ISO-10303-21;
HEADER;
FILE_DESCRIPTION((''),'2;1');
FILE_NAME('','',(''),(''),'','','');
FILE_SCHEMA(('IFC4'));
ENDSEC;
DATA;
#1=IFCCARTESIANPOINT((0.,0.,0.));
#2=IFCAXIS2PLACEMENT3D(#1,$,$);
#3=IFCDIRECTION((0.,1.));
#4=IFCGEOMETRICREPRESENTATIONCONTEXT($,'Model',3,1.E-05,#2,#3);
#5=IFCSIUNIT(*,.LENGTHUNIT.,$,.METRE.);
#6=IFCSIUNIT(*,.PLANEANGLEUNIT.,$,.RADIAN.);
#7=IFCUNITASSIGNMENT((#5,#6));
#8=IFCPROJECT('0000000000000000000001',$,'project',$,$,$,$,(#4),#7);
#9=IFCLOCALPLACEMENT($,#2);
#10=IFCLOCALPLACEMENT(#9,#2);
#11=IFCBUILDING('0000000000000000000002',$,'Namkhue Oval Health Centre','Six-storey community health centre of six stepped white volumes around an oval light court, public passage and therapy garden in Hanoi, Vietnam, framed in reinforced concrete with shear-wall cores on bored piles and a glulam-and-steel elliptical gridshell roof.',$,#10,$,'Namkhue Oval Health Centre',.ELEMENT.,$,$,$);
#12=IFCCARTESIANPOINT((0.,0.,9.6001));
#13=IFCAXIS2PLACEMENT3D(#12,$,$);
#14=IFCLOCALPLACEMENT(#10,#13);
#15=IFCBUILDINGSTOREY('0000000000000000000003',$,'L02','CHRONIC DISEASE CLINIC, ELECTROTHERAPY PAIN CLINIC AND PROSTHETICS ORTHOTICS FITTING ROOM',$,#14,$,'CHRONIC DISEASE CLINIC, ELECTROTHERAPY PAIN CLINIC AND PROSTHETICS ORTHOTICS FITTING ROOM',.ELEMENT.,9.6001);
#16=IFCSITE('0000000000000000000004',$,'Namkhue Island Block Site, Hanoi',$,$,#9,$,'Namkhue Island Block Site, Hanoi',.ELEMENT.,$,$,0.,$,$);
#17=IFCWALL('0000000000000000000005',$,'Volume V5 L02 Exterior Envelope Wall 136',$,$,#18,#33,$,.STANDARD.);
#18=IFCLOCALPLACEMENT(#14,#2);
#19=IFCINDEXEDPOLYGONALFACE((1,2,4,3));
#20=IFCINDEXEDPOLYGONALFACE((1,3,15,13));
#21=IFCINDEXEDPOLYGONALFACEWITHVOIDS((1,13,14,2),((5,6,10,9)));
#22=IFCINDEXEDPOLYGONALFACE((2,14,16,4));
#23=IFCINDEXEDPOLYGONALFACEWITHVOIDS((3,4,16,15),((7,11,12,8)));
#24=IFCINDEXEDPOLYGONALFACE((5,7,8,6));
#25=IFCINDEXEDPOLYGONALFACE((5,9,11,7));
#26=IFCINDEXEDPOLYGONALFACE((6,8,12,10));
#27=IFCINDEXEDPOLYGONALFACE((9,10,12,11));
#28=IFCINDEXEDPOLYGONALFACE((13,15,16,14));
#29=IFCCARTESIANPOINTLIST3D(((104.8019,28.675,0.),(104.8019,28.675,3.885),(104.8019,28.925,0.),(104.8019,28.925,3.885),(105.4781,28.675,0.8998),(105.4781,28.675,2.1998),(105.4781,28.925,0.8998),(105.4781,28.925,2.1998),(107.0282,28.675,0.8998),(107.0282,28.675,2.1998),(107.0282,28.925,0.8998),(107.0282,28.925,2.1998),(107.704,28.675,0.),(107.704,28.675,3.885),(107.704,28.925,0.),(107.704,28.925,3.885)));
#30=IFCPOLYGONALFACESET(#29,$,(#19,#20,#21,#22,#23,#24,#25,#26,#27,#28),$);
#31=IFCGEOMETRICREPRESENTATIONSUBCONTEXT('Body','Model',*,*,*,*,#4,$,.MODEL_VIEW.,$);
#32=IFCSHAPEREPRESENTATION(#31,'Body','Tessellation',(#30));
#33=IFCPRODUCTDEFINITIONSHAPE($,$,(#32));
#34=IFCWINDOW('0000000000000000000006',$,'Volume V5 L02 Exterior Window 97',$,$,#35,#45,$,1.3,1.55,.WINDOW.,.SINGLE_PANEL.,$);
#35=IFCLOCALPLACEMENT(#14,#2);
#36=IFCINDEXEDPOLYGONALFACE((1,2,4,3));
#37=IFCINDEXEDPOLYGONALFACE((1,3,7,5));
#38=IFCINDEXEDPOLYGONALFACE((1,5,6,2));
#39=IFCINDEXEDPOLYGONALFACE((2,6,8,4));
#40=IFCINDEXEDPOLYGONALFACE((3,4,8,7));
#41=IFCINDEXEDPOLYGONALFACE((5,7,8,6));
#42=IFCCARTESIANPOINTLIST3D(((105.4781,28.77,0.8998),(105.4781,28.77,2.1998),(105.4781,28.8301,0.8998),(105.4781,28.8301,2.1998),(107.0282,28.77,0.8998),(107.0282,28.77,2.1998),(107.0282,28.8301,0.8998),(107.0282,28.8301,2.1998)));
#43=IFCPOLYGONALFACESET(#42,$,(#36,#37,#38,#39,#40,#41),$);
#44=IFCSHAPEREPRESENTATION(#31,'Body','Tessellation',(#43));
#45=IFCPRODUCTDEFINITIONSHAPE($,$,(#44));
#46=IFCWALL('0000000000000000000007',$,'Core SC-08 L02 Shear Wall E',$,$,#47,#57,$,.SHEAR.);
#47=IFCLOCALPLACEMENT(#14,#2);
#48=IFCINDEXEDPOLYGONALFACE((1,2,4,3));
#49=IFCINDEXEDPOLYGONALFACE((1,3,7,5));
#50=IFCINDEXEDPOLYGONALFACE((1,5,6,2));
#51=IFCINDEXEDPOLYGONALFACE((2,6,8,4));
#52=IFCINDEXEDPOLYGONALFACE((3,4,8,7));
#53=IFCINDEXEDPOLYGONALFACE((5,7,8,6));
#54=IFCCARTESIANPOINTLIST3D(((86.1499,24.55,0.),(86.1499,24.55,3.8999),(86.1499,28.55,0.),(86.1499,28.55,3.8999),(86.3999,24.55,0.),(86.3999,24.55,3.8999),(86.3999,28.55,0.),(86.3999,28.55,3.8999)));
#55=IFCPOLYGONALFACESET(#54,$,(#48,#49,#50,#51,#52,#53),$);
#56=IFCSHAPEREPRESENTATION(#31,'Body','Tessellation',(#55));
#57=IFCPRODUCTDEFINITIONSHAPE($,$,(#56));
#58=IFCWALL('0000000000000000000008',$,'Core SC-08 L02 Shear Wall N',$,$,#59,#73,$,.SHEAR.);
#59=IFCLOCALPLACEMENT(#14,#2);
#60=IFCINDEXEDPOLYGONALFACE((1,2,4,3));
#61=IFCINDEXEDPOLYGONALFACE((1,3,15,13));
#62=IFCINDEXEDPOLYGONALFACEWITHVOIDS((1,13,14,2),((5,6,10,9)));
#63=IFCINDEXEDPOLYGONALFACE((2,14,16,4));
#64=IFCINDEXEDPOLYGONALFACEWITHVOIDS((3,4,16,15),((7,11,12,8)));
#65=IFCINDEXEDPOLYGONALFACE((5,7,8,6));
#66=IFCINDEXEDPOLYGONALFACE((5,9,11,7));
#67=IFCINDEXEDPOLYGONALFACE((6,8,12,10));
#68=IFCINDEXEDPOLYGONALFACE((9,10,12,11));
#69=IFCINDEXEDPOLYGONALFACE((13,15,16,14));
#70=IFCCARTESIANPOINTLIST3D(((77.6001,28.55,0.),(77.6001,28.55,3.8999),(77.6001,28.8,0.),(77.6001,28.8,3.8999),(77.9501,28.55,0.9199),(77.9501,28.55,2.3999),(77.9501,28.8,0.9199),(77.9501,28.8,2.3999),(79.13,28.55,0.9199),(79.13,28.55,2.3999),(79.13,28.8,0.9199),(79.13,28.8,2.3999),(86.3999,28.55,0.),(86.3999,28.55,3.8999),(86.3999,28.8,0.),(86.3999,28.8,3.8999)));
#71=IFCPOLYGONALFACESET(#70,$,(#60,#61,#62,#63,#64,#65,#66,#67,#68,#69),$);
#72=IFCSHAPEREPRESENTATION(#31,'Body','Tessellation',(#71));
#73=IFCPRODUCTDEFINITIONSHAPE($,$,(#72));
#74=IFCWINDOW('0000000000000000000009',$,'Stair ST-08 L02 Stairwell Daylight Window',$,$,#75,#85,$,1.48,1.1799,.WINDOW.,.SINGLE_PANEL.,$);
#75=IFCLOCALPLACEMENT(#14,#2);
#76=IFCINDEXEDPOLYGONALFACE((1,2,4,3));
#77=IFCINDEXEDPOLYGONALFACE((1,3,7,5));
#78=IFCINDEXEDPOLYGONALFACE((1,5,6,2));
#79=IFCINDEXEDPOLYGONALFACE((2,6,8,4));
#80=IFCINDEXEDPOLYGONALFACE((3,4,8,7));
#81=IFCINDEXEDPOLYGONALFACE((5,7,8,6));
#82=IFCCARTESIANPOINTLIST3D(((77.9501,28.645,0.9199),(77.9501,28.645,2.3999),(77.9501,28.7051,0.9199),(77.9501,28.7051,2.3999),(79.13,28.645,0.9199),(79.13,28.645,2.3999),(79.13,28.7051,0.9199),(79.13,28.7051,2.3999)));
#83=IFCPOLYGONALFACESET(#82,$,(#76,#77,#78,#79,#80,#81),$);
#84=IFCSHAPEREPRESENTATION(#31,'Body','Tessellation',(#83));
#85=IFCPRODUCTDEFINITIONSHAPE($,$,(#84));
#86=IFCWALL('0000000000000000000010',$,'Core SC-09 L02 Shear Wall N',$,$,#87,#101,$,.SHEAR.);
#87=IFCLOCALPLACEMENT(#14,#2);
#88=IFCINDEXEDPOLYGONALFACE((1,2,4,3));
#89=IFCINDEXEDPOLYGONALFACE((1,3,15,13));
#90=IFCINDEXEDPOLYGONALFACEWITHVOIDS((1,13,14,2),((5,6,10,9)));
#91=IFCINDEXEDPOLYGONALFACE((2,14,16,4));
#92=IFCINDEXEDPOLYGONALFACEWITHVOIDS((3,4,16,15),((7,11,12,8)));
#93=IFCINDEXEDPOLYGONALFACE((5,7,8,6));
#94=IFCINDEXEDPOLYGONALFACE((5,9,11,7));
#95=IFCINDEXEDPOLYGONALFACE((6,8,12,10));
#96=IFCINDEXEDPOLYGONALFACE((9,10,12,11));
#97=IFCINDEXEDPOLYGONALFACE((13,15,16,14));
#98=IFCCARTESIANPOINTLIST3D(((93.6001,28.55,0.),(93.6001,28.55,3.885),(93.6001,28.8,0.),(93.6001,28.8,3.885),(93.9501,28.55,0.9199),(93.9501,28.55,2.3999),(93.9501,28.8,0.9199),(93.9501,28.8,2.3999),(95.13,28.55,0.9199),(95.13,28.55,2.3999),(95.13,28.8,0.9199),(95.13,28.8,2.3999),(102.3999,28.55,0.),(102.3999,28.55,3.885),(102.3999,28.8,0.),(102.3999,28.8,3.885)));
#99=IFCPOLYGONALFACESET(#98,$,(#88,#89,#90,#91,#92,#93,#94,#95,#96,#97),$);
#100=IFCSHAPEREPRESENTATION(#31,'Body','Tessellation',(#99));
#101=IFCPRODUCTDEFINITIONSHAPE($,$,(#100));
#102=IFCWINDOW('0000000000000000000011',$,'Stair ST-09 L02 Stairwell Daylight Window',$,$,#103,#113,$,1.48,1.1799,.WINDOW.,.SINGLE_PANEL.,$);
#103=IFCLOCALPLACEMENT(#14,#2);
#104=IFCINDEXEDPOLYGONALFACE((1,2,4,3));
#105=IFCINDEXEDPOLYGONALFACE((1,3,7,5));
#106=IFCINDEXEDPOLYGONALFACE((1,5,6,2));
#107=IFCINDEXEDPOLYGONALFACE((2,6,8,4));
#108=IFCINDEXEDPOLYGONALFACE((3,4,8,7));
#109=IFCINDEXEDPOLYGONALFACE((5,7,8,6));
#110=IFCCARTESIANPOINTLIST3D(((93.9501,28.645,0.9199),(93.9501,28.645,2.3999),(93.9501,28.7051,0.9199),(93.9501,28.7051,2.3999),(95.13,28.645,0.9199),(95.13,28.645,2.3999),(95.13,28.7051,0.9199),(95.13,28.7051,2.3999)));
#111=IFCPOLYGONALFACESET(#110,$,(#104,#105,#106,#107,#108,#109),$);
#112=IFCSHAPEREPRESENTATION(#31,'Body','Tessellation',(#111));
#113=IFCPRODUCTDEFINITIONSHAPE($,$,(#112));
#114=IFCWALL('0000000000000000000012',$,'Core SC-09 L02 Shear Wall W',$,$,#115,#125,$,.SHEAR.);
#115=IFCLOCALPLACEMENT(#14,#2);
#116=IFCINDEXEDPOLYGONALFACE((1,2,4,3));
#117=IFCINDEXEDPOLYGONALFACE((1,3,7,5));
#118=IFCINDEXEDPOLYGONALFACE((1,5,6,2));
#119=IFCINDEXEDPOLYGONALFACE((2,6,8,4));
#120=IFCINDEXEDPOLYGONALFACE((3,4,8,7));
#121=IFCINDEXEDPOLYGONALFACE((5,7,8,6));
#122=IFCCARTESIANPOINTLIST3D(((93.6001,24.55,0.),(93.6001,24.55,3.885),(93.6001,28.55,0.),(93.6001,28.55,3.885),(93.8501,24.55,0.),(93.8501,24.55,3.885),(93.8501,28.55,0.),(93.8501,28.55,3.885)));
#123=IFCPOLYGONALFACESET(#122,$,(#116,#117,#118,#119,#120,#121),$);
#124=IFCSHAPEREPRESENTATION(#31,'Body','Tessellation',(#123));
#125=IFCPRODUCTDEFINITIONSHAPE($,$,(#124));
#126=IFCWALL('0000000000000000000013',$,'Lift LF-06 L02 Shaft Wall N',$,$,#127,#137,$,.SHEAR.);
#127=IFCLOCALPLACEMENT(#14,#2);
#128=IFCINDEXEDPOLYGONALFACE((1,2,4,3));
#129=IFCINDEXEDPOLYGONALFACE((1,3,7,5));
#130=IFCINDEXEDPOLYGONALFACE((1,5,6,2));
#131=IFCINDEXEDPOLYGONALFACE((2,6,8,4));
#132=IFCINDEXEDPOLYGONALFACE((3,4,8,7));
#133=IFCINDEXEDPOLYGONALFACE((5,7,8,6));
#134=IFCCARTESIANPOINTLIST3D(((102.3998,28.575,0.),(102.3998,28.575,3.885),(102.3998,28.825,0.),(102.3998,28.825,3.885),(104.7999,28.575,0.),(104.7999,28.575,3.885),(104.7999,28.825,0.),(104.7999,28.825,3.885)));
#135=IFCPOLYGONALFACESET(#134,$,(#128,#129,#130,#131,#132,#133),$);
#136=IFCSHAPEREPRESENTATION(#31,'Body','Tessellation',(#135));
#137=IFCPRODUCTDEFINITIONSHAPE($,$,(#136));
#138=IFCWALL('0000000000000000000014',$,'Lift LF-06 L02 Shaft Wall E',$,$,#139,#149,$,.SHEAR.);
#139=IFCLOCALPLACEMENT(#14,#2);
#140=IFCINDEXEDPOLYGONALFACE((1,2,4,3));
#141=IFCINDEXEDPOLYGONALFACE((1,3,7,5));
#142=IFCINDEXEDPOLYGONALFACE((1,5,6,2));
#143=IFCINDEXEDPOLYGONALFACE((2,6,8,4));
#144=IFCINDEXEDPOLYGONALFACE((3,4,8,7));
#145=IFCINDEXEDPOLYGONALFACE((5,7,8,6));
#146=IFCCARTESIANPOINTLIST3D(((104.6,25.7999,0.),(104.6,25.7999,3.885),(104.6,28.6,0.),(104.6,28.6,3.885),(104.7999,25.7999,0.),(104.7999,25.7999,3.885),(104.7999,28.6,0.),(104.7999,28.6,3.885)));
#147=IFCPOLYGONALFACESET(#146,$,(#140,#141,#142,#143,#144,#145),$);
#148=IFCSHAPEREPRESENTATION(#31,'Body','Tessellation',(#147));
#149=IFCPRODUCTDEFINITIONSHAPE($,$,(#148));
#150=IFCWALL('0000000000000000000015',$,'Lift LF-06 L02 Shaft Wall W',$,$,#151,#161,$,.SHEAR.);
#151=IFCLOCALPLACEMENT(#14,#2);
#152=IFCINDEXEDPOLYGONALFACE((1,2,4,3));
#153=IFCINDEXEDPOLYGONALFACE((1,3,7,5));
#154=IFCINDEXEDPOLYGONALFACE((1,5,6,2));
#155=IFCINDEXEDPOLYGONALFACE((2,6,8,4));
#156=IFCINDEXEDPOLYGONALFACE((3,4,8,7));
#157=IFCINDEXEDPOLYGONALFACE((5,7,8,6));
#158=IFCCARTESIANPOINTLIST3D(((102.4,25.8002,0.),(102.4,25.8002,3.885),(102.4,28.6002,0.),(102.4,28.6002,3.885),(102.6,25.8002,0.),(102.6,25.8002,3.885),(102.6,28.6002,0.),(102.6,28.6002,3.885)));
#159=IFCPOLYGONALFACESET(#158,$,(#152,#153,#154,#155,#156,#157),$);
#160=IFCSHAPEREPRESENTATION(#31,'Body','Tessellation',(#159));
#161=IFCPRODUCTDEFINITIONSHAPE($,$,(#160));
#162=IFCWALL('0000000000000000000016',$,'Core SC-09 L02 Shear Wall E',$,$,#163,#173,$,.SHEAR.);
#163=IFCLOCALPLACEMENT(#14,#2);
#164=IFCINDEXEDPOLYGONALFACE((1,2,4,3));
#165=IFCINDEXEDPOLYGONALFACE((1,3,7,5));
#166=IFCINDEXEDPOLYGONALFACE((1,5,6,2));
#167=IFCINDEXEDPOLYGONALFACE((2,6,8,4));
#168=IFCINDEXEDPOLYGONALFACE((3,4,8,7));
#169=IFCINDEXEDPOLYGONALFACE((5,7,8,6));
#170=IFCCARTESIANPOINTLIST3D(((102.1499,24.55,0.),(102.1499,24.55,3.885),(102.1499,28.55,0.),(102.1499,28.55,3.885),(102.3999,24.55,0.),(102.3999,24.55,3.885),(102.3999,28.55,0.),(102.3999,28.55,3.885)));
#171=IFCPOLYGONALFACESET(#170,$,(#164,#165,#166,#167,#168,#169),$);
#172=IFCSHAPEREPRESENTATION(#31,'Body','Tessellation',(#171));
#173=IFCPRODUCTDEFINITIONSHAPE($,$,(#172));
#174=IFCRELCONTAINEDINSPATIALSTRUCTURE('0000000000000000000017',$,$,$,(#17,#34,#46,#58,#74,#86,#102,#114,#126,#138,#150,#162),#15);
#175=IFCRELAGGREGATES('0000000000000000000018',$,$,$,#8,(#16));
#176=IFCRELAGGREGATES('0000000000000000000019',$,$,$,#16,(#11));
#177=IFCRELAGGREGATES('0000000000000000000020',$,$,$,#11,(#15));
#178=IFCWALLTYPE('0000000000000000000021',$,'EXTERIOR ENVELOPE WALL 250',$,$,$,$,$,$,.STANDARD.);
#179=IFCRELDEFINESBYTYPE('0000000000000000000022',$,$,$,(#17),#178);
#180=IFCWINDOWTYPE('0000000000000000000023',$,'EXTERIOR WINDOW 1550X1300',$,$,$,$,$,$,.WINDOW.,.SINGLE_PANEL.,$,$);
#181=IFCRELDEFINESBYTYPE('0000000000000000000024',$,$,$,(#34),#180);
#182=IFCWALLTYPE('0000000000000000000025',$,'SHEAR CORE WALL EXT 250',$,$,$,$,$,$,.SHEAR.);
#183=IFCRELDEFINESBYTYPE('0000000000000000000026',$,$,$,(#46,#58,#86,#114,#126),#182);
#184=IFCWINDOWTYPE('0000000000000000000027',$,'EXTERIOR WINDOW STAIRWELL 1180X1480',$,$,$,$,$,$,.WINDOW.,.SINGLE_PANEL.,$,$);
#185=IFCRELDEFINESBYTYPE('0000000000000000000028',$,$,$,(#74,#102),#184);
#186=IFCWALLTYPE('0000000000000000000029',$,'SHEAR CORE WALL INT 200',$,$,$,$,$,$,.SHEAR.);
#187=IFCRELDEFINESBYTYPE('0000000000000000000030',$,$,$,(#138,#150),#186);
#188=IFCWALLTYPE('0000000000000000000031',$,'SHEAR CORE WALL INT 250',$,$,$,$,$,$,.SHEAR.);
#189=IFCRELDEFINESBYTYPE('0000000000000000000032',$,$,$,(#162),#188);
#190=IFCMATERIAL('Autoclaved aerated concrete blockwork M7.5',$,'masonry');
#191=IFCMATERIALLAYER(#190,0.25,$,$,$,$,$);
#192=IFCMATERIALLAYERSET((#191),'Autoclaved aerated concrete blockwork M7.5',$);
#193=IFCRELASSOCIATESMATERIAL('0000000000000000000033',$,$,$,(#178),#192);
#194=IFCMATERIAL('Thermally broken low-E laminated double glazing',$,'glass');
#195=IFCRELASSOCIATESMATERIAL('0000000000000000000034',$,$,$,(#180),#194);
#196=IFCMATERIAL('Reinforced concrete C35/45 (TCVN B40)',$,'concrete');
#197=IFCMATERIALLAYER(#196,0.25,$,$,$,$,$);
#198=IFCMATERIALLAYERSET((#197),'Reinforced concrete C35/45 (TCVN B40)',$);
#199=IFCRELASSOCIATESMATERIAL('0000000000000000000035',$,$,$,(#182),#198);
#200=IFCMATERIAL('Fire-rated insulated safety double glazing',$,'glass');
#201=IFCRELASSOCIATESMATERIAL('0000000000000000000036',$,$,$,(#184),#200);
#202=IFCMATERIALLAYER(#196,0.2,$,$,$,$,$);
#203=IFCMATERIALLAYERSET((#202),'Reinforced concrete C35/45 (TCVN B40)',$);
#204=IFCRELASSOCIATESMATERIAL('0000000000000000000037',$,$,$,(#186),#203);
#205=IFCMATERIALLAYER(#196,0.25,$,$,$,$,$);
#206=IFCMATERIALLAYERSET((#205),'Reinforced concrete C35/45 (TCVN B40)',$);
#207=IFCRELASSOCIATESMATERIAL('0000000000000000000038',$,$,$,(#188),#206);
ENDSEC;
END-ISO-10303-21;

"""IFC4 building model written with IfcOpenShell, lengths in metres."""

from ifc_helpers import new_model, si_unit, direction, frame, frame_2d, origin, place, context, subcontext, project, spatial, rectangle, extrude, material, layer, layer_set, type_object, element, fill, save


model = new_model("IFC4")

# Units and contexts
model_context = context("Model", 3, precision=1e-05, world=origin(), true_north=direction((0.0, 1.0)))
body_context = subcontext(model_context, "Body", "Model", "MODEL_VIEW")
ifc_project = project(units=[si_unit("LENGTHUNIT", "METRE"), si_unit("PLANEANGLEUNIT", "RADIAN")], contexts=[model_context])

# Site, building, storey
site_placement = place(None, origin())
site = spatial("IfcSite", under=ifc_project, at=site_placement, Name="Namkhue Island Block Site, Hanoi", LongName="Namkhue Island Block Site, Hanoi", CompositionType="ELEMENT", RefElevation=0.0)
building_placement = place(site_placement, origin())
building = spatial("IfcBuilding", under=site, at=building_placement, Name="Namkhue Oval Health Centre", Description="Six-storey community health centre of six stepped white volumes around an oval light court, public passage and therapy garden in Hanoi, Vietnam, framed in reinforced concrete with shear-wall cores on bored piles and a glulam-and-steel elliptical gridshell roof.", LongName="Namkhue Oval Health Centre", CompositionType="ELEMENT")
storey_placement = place(building_placement, frame((0.0, 0.0, 9.6001)))
storey = spatial("IfcBuildingStorey", under=building, at=storey_placement, Name="L02", Description="CHRONIC DISEASE CLINIC, ELECTROTHERAPY PAIN CLINIC AND PROSTHETICS ORTHOTICS FITTING ROOM", LongName="CHRONIC DISEASE CLINIC, ELECTROTHERAPY PAIN CLINIC AND PROSTHETICS ORTHOTICS FITTING ROOM", CompositionType="ELEMENT", Elevation=9.6001)

# Wall, opening, window
ifc_material_1 = material(Name="Autoclaved aerated concrete blockwork M7.5", Category="masonry")
ifc_layer_1 = layer(ifc_material_1, 0.25)
ifc_layer_set_1 = layer_set([ifc_layer_1], Name="Autoclaved aerated concrete blockwork M7.5")
wall_type_1 = type_object("IfcWallType", Name="EXTERIOR ENVELOPE WALL 250", PredefinedType="STANDARD", material=ifc_layer_set_1)
wall_1_placement = place(storey_placement, frame((107.7041, 28.8, 0.0), z_axis=(0.0, 0.0, 1.0), x_axis=(-1.0, 0.0, 0.0)))
wall_1 = element("IfcWall", 1, at=wall_1_placement, inside=storey, type_object=wall_type_1, Name="Volume V5 L02 Exterior Envelope Wall 136", PredefinedType="STANDARD", context=body_context, shape_type="SweptSolid", body=[
    extrude(rectangle(XDim=2.9021, YDim=0.25, at=frame_2d((1.4512, 0.0))), origin(), (0.0, 0.0, 1.0), 3.885),
])
opening_1_placement = place(wall_1_placement, frame((0.676, 0.0, 0.8999)))
opening_1 = element("IfcOpeningElement", 2, at=opening_1_placement, cuts=wall_1, PredefinedType="OPENING", context=body_context, shape_type="SweptSolid", body=[
    extrude(rectangle(XDim=1.55, YDim=1.3, at=frame_2d((0.7749, 0.6499))), frame((0.0, 0.135, 0.0), z_axis=(0.0, -1.0, 0.0), x_axis=(1.0, 0.0, 0.0)), (0.0, 0.0, 1.0), 0.27),
])
ifc_material_2 = material(Name="Thermally broken low-E laminated double glazing", Category="glass")
window_type_1 = type_object("IfcWindowType", Name="EXTERIOR WINDOW 1550X1300", PartitioningType="SINGLE_PANEL", PredefinedType="WINDOW", material=ifc_material_2)
window_1_placement = place(opening_1_placement, origin())
window_1 = element("IfcWindow", 3, at=window_1_placement, inside=storey, type_object=window_type_1, Name="Volume V5 L02 Exterior Window 97", OverallHeight=1.3, OverallWidth=1.55, PartitioningType="SINGLE_PANEL", PredefinedType="WINDOW", context=body_context, shape_type="SweptSolid", body=[
    extrude(rectangle(XDim=1.55, YDim=1.3, at=frame_2d((0.7749, 0.6499))), frame((0.0, 0.03, 0.0), z_axis=(0.0, -1.0, 0.0), x_axis=(1.0, 0.0, 0.0)), (0.0, 0.0, 1.0), 0.0601),
])
fill(opening_1, window_1)

# Wall
ifc_material_3 = material(Name="Reinforced concrete C35/45 (TCVN B40)", Category="concrete")
ifc_layer_2 = layer(ifc_material_3, 0.25)
ifc_layer_set_2 = layer_set([ifc_layer_2], Name="Reinforced concrete C35/45 (TCVN B40)")
wall_type_2 = type_object("IfcWallType", Name="SHEAR CORE WALL EXT 250", PredefinedType="SHEAR", material=ifc_layer_set_2)
wall_2_placement = place(storey_placement, frame((86.2749, 24.55, 0.0), z_axis=(0.0, 0.0, 1.0), x_axis=(0.0, 1.0, 0.0)))
element("IfcWall", 4, at=wall_2_placement, inside=storey, type_object=wall_type_2, Name="Core SC-08 L02 Shear Wall E", PredefinedType="SHEAR", context=body_context, shape_type="SweptSolid", body=[
    extrude(rectangle(XDim=4.0, YDim=0.25, at=frame_2d((2.0, 0.0))), origin(), (0.0, 0.0, 1.0), 3.8999),
])

# Walls, openings, windows
wall_3_placement = place(storey_placement, frame((86.3999, 28.675, 0.0), z_axis=(0.0, 0.0, 1.0), x_axis=(-1.0, 0.0, 0.0)))
wall_3 = element("IfcWall", 5, at=wall_3_placement, inside=storey, type_object=wall_type_2, Name="Core SC-08 L02 Shear Wall N", PredefinedType="SHEAR", context=body_context, shape_type="SweptSolid", body=[
    extrude(rectangle(XDim=8.7998, YDim=0.25, at=frame_2d((4.3999, 0.0))), origin(), (0.0, 0.0, 1.0), 3.8999),
])
opening_2_placement = place(wall_3_placement, frame((7.27, 0.0, 0.9199)))
opening_2 = element("IfcOpeningElement", 6, at=opening_2_placement, cuts=wall_3, PredefinedType="OPENING", context=body_context, shape_type="SweptSolid", body=[
    extrude(rectangle(XDim=1.1799, YDim=1.48, at=frame_2d((0.5898, 0.74))), frame((0.0, 0.135, 0.0), z_axis=(0.0, -1.0, 0.0), x_axis=(1.0, 0.0, 0.0)), (0.0, 0.0, 1.0), 0.27),
])
ifc_material_4 = material(Name="Fire-rated insulated safety double glazing", Category="glass")
window_type_2 = type_object("IfcWindowType", Name="EXTERIOR WINDOW STAIRWELL 1180X1480", PartitioningType="SINGLE_PANEL", PredefinedType="WINDOW", material=ifc_material_4)
window_2_placement = place(opening_2_placement, origin())
window_2 = element("IfcWindow", 7, at=window_2_placement, inside=storey, type_object=window_type_2, Name="Stair ST-08 L02 Stairwell Daylight Window", OverallHeight=1.48, OverallWidth=1.1799, PartitioningType="SINGLE_PANEL", PredefinedType="WINDOW", context=body_context, shape_type="SweptSolid", body=[
    extrude(rectangle(XDim=1.1799, YDim=1.48, at=frame_2d((0.5898, 0.74))), frame((0.0, 0.03, 0.0), z_axis=(0.0, -1.0, 0.0), x_axis=(1.0, 0.0, 0.0)), (0.0, 0.0, 1.0), 0.0601),
])
fill(opening_2, window_2)
wall_4_placement = place(storey_placement, frame((102.3999, 28.675, 0.0), z_axis=(0.0, 0.0, 1.0), x_axis=(-1.0, 0.0, 0.0)))
wall_4 = element("IfcWall", 8, at=wall_4_placement, inside=storey, type_object=wall_type_2, Name="Core SC-09 L02 Shear Wall N", PredefinedType="SHEAR", context=body_context, shape_type="SweptSolid", body=[
    extrude(rectangle(XDim=8.7998, YDim=0.25, at=frame_2d((4.3999, 0.0))), origin(), (0.0, 0.0, 1.0), 3.885),
])
opening_3_placement = place(wall_4_placement, frame((7.27, 0.0, 0.9199)))
opening_3 = element("IfcOpeningElement", 9, at=opening_3_placement, cuts=wall_4, PredefinedType="OPENING", context=body_context, shape_type="SweptSolid", body=[
    extrude(rectangle(XDim=1.1799, YDim=1.48, at=frame_2d((0.5898, 0.74))), frame((0.0, 0.135, 0.0), z_axis=(0.0, -1.0, 0.0), x_axis=(1.0, 0.0, 0.0)), (0.0, 0.0, 1.0), 0.27),
])
window_3_placement = place(opening_3_placement, origin())
window_3 = element("IfcWindow", 10, at=window_3_placement, inside=storey, type_object=window_type_2, Name="Stair ST-09 L02 Stairwell Daylight Window", OverallHeight=1.48, OverallWidth=1.1799, PartitioningType="SINGLE_PANEL", PredefinedType="WINDOW", context=body_context, shape_type="SweptSolid", body=[
    extrude(rectangle(XDim=1.1799, YDim=1.48, at=frame_2d((0.5898, 0.74))), frame((0.0, 0.03, 0.0), z_axis=(0.0, -1.0, 0.0), x_axis=(1.0, 0.0, 0.0)), (0.0, 0.0, 1.0), 0.0601),
])
fill(opening_3, window_3)

# Walls
wall_5_placement = place(storey_placement, frame((93.7251, 28.55, 0.0), z_axis=(0.0, 0.0, 1.0), x_axis=(0.0, -1.0, 0.0)))
element("IfcWall", 11, at=wall_5_placement, inside=storey, type_object=wall_type_2, Name="Core SC-09 L02 Shear Wall W", PredefinedType="SHEAR", context=body_context, shape_type="SweptSolid", body=[
    extrude(rectangle(XDim=4.0, YDim=0.25, at=frame_2d((2.0, 0.0))), origin(), (0.0, 0.0, 1.0), 3.885),
])
wall_6_placement = place(storey_placement, frame((104.8, 28.7, 0.0), z_axis=(0.0, 0.0, 1.0), x_axis=(-1.0, 0.0, 0.0)))
element("IfcWall", 12, at=wall_6_placement, inside=storey, type_object=wall_type_2, Name="Lift LF-06 L02 Shaft Wall N", PredefinedType="SHEAR", context=body_context, shape_type="SweptSolid", body=[
    extrude(rectangle(XDim=2.4001, YDim=0.25, at=frame_2d((1.2002, 0.0))), origin(), (0.0, 0.0, 1.0), 3.885),
])

# Shared definitions
ifc_layer_3 = layer(ifc_material_3, 0.2)
ifc_layer_set_3 = layer_set([ifc_layer_3], Name="Reinforced concrete C35/45 (TCVN B40)")
wall_type_3 = type_object("IfcWallType", Name="SHEAR CORE WALL INT 200", PredefinedType="SHEAR", material=ifc_layer_set_3)

# Walls
for number, where, z_axis, x_axis, name in (
    (13, (104.7, 25.8, 0.0), (0.0, 0.0, 1.0), (0.0, 1.0, 0.0), "Lift LF-06 L02 Shaft Wall E"),
    (14, (102.5, 28.6001, 0.0), (0.0, 0.0, 1.0), (0.0, -1.0, 0.0), "Lift LF-06 L02 Shaft Wall W"),
):
    element("IfcWall", number, at=place(storey_placement, frame(where, z_axis=z_axis, x_axis=x_axis)), inside=storey, type_object=wall_type_3, Name=name, PredefinedType="SHEAR", context=body_context, shape_type="SweptSolid", body=[
        extrude(rectangle(XDim=2.8, YDim=0.2, at=frame_2d((1.3999, 0.0))), origin(), (0.0, 0.0, 1.0), 3.885),
    ])

# Shared definitions
ifc_layer_4 = layer(ifc_material_3, 0.25)
ifc_layer_set_4 = layer_set([ifc_layer_4], Name="Reinforced concrete C35/45 (TCVN B40)")
wall_type_4 = type_object("IfcWallType", Name="SHEAR CORE WALL INT 250", PredefinedType="SHEAR", material=ifc_layer_set_4)

# Wall
wall_7_placement = place(storey_placement, frame((102.2749, 24.55, 0.0), z_axis=(0.0, 0.0, 1.0), x_axis=(0.0, 1.0, 0.0)))
element("IfcWall", 15, at=wall_7_placement, inside=storey, type_object=wall_type_4, Name="Core SC-09 L02 Shear Wall E", PredefinedType="SHEAR", context=body_context, shape_type="SweptSolid", body=[
    extrude(rectangle(XDim=4.0, YDim=0.25, at=frame_2d((2.0, 0.0))), origin(), (0.0, 0.0, 1.0), 3.885),
])

save(model, "model.ifc")
